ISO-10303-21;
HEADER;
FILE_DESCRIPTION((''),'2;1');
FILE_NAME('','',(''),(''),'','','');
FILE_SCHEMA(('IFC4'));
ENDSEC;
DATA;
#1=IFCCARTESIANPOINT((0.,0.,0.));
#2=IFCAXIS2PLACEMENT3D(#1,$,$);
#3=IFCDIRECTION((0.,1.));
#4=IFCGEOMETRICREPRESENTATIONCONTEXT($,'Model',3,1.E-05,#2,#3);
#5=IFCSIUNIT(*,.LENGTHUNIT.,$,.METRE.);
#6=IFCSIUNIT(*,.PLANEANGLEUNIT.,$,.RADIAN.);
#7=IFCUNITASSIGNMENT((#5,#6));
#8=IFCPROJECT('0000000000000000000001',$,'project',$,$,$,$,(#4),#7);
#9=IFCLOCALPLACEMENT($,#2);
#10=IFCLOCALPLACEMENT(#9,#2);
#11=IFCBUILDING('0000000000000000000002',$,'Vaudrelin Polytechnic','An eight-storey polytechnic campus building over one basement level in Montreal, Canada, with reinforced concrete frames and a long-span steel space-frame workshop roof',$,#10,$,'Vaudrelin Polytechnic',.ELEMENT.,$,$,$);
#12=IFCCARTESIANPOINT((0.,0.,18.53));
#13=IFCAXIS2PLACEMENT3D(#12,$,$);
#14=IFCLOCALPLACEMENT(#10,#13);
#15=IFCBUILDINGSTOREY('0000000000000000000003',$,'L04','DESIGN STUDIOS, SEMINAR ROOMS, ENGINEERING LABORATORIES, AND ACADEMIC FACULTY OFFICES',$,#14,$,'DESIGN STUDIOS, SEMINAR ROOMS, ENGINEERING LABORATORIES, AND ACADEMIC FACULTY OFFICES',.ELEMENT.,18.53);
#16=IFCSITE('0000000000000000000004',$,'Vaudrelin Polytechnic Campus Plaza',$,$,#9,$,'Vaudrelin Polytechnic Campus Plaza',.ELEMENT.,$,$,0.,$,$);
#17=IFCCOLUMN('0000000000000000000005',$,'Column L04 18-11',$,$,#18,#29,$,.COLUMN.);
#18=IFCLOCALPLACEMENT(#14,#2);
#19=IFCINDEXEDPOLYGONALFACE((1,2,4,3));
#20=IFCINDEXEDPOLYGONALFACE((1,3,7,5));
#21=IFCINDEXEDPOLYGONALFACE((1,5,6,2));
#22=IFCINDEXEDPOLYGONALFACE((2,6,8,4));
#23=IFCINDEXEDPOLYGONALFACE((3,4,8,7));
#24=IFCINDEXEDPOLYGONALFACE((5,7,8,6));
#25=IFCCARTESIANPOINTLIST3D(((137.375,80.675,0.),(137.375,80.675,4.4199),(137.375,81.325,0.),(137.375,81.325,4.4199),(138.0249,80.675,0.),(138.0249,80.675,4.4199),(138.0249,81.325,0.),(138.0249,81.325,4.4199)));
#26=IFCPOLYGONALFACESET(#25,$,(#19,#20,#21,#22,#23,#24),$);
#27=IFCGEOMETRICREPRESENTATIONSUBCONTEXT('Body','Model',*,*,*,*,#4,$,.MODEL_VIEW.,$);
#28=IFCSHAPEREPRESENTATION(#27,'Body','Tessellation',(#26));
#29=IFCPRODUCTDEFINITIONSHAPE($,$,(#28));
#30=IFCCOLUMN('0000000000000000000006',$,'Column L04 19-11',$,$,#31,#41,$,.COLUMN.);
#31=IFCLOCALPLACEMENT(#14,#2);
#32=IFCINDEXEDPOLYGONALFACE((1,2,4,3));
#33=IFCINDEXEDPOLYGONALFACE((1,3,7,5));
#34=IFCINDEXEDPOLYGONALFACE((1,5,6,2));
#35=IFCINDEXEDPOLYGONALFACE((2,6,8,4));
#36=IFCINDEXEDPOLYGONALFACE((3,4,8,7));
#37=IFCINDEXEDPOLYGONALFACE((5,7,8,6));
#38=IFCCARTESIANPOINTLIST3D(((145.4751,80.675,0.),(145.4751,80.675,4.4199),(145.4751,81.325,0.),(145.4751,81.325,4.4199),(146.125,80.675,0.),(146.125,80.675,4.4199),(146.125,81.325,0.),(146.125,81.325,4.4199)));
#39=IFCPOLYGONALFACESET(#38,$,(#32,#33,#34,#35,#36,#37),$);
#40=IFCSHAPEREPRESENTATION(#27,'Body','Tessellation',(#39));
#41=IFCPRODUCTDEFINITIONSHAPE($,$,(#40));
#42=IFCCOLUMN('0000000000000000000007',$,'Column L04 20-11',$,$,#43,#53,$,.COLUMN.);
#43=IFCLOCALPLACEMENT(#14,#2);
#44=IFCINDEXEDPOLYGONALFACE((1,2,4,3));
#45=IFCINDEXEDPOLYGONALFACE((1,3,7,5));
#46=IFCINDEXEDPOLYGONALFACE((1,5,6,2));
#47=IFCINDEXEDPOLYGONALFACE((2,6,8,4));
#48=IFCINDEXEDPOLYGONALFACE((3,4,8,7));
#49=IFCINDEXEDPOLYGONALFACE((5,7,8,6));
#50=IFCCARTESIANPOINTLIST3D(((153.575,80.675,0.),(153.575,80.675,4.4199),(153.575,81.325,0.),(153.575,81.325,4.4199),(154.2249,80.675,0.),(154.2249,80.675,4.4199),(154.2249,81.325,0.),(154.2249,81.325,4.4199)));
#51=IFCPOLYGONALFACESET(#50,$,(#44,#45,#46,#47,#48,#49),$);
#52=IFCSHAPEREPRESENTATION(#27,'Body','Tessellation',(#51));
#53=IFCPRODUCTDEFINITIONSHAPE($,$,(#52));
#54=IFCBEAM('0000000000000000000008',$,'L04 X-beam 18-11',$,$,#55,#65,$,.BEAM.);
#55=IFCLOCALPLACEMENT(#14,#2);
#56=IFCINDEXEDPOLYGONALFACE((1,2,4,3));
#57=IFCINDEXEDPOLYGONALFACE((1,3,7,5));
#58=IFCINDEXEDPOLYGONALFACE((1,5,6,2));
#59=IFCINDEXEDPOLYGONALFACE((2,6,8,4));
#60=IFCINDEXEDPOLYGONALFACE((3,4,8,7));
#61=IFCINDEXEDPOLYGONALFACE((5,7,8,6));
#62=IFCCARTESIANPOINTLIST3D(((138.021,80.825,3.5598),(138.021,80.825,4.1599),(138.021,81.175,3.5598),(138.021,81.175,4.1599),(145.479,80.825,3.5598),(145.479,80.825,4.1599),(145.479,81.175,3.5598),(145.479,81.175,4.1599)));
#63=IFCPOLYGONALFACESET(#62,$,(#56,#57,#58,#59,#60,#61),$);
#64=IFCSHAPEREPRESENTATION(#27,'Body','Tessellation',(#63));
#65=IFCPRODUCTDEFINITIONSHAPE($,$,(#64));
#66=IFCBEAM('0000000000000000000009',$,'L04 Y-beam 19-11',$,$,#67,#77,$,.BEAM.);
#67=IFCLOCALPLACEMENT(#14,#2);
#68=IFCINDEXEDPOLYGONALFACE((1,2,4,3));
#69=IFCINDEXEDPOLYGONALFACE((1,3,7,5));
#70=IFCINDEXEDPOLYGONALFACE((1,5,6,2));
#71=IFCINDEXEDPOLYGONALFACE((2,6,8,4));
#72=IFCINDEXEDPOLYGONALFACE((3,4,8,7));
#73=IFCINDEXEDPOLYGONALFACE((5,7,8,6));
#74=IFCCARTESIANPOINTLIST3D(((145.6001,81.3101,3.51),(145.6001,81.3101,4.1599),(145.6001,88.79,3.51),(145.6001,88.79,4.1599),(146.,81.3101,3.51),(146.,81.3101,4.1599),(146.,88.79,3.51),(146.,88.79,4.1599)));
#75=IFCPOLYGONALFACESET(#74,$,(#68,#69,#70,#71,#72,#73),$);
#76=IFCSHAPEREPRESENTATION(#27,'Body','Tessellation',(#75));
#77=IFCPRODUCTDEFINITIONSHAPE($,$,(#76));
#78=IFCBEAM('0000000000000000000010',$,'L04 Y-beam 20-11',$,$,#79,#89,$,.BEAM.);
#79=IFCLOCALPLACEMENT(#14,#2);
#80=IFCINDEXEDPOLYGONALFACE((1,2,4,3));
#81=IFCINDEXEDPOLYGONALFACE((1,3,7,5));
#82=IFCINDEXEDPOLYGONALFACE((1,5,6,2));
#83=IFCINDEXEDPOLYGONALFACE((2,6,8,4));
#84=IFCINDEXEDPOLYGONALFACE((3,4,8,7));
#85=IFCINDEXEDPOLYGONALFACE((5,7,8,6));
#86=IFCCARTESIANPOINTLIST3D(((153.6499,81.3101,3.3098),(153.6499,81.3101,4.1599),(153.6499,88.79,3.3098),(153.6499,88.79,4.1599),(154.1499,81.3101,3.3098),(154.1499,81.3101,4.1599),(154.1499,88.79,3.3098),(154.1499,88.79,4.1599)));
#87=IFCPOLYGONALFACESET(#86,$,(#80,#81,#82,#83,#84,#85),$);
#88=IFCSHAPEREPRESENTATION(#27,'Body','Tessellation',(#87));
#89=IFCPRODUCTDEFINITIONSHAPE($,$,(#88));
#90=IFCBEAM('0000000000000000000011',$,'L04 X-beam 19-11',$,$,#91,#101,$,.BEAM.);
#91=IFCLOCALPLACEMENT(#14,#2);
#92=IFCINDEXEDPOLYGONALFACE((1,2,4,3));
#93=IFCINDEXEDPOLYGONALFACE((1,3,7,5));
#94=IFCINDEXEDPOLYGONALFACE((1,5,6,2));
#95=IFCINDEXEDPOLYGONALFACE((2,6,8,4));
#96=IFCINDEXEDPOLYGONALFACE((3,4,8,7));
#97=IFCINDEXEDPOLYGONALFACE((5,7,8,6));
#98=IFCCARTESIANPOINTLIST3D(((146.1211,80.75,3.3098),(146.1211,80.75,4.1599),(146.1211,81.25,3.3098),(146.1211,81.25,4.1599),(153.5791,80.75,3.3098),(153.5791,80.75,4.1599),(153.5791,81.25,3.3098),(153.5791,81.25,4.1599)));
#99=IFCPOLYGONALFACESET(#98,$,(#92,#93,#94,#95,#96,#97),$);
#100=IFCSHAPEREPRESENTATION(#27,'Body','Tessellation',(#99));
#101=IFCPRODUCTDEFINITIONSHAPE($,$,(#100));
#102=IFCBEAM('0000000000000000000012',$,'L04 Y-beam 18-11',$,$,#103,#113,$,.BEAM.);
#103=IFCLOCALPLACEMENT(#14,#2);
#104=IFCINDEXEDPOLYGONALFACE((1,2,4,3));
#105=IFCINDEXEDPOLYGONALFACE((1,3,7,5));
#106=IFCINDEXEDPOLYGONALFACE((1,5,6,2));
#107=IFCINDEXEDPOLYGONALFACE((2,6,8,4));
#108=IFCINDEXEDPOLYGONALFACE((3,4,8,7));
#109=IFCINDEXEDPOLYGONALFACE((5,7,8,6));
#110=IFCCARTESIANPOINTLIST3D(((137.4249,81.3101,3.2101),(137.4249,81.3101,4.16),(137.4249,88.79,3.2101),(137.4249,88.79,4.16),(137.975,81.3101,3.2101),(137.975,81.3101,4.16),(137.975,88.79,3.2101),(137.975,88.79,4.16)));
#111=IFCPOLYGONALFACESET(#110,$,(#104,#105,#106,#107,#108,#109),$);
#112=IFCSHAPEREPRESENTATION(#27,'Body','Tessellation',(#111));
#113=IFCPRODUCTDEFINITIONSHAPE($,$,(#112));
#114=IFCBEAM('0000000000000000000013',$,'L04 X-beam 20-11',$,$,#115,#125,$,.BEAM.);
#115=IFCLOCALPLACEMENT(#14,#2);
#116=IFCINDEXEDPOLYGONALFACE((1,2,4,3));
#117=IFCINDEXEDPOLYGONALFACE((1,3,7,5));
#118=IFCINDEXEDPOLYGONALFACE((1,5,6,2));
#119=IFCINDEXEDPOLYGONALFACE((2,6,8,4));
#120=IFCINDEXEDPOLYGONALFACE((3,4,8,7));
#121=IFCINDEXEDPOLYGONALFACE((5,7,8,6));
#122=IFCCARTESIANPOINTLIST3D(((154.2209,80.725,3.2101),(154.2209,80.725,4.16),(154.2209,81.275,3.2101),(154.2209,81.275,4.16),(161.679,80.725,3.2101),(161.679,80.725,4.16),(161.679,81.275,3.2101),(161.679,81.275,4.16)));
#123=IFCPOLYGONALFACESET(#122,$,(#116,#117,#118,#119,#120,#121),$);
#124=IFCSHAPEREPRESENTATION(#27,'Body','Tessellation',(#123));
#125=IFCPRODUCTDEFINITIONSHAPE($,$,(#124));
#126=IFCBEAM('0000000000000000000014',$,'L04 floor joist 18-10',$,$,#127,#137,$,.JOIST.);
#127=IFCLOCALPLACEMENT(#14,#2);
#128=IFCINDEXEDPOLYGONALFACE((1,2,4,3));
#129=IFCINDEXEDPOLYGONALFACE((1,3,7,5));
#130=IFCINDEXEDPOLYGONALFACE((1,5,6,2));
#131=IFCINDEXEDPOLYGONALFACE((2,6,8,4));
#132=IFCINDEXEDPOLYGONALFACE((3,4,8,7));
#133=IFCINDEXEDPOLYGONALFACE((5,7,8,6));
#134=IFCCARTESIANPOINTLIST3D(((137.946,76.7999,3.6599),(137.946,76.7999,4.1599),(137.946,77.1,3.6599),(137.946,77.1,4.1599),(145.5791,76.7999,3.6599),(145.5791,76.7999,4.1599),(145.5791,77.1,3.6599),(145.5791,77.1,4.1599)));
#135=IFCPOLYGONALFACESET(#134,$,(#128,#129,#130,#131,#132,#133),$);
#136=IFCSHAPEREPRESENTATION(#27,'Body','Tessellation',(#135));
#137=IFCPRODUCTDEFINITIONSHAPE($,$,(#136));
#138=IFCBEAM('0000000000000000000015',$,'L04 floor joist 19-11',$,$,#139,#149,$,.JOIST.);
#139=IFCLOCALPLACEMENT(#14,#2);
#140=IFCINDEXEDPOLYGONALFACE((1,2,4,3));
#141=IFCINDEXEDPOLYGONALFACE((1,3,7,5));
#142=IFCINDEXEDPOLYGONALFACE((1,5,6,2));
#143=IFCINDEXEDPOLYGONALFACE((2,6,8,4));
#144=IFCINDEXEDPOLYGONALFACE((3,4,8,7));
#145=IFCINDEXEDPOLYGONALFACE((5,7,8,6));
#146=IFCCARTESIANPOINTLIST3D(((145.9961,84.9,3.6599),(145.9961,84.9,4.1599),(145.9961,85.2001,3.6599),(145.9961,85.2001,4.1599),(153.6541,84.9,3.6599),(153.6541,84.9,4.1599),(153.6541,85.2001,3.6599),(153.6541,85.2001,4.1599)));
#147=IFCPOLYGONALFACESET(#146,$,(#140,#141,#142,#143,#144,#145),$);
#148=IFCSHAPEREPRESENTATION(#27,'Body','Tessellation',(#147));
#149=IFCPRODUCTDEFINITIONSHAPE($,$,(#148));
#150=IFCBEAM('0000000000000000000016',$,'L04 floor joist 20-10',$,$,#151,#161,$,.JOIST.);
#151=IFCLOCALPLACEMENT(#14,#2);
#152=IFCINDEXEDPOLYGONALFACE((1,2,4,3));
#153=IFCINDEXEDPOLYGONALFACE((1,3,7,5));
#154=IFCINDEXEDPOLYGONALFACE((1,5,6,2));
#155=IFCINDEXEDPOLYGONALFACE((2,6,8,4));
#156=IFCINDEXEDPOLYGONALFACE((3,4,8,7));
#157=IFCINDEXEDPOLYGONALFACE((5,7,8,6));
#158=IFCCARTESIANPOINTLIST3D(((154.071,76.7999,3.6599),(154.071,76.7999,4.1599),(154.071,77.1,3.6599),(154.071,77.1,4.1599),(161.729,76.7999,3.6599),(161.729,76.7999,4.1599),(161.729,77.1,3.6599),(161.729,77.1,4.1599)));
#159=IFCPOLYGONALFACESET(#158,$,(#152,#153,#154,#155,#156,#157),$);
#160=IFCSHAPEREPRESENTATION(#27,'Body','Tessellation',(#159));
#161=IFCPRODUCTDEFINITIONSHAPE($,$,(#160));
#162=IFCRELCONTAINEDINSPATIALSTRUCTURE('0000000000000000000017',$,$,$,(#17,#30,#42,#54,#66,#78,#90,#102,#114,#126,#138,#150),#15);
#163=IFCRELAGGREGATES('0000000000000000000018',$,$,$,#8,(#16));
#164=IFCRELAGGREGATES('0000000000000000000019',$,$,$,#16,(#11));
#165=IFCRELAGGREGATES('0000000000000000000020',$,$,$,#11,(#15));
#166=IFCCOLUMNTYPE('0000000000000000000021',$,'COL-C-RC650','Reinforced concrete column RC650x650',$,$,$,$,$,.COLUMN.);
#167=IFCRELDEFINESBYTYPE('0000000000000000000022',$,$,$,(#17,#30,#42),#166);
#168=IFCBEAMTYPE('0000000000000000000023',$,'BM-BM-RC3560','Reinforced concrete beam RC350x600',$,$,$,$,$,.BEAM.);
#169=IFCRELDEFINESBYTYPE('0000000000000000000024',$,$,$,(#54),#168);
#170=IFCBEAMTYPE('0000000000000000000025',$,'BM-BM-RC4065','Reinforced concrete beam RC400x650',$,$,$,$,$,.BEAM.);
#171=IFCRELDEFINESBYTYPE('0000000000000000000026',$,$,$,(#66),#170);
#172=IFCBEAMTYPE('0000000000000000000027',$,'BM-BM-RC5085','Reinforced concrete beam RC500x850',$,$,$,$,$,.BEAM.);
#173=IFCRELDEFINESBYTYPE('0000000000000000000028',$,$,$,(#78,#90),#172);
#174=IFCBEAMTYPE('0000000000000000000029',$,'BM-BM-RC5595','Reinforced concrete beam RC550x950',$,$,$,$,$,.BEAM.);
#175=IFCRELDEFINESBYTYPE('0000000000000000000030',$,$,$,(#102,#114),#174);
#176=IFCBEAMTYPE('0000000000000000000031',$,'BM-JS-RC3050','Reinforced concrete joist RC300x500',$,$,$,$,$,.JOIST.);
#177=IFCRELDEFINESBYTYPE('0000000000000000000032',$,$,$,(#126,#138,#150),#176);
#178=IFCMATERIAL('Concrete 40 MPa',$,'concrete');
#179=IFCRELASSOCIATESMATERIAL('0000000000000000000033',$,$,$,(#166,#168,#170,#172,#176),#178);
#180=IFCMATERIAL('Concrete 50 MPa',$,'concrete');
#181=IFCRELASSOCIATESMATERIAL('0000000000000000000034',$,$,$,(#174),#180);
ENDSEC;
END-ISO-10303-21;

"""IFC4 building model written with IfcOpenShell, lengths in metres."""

from ifc_helpers import new_model, si_unit, direction, frame, origin, origin_2d, place, context, subcontext, project, spatial, rectangle, extrude, material, material_profile, profile_set, type_object, element, save


model = new_model("IFC4")

# Units and contexts
model_context = context("Model", 3, precision=1e-05, world=origin(), true_north=direction((0.0, 1.0)))
body_context = subcontext(model_context, "Body", "Model", "MODEL_VIEW")
ifc_project = project(units=[si_unit("LENGTHUNIT", "METRE"), si_unit("PLANEANGLEUNIT", "RADIAN")], contexts=[model_context])

# Site, building, storey
site_placement = place(None, origin())
site = spatial("IfcSite", under=ifc_project, at=site_placement, Name="Vaudrelin Polytechnic Campus Plaza", LongName="Vaudrelin Polytechnic Campus Plaza", CompositionType="ELEMENT", RefElevation=0.0)
building_placement = place(site_placement, origin())
building = spatial("IfcBuilding", under=site, at=building_placement, Name="Vaudrelin Polytechnic", Description="An eight-storey polytechnic campus building over one basement level in Montreal, Canada, with reinforced concrete frames and a long-span steel space-frame workshop roof", LongName="Vaudrelin Polytechnic", CompositionType="ELEMENT")
storey_placement = place(building_placement, frame((0.0, 0.0, 18.53)))
storey = spatial("IfcBuildingStorey", under=building, at=storey_placement, Name="L04", Description="DESIGN STUDIOS, SEMINAR ROOMS, ENGINEERING LABORATORIES, AND ACADEMIC FACULTY OFFICES", LongName="DESIGN STUDIOS, SEMINAR ROOMS, ENGINEERING LABORATORIES, AND ACADEMIC FACULTY OFFICES", CompositionType="ELEMENT", Elevation=18.53)

# Columns
ifc_material_1 = material(Name="Concrete 40 MPa", Category="concrete")
ifc_material_profile_1 = material_profile(ifc_material_1, rectangle(XDim=0.6499, YDim=0.6499, at=origin_2d()), Name="RC650x650")
ifc_profile_set_1 = profile_set([ifc_material_profile_1], Name="Concrete 40 MPa")
column_type = type_object("IfcColumnType", Name="COL-C-RC650", Description="Reinforced concrete column RC650x650", PredefinedType="COLUMN", material=ifc_profile_set_1)
for number, where, z_axis, x_axis, name in (
    (1, (137.7, 81.0, 0.0), (0.0, 0.0, 1.0), (1.0, 0.0, 0.0), "Column L04 18-11"),
    (2, (145.8, 81.0, 0.0), (0.0, 0.0, 1.0), (1.0, 0.0, 0.0), "Column L04 19-11"),
    (3, (153.8999, 81.0, 0.0), (0.0, 0.0, 1.0), (1.0, 0.0, 0.0), "Column L04 20-11"),
):
    element("IfcColumn", number, at=place(storey_placement, frame(where, z_axis=z_axis, x_axis=x_axis)), inside=storey, type_object=column_type, Name=name, PredefinedType="COLUMN", context=body_context, shape_type="SweptSolid", body=[
        extrude(rectangle(XDim=0.6499, YDim=0.6499, at=origin_2d()), origin(), (0.0, 0.0, 1.0), 4.4199),
    ])

# Beams
ifc_material_profile_2 = material_profile(ifc_material_1, rectangle(XDim=0.3501, YDim=0.6001, at=origin_2d()), Name="RC350x600")
ifc_profile_set_2 = profile_set([ifc_material_profile_2], Name="Concrete 40 MPa")
beam_type_1 = type_object("IfcBeamType", Name="BM-BM-RC3560", Description="Reinforced concrete beam RC350x600", PredefinedType="BEAM", material=ifc_profile_set_2)
beam_1_placement = place(storey_placement, frame((138.021, 81.0, 3.8599), z_axis=(1.0, 0.0, 0.0), x_axis=(0.0, 1.0, 0.0)))
element("IfcBeam", 4, at=beam_1_placement, inside=storey, type_object=beam_type_1, Name="L04 X-beam 18-11", PredefinedType="BEAM", context=body_context, shape_type="SweptSolid", body=[
    extrude(rectangle(XDim=0.3501, YDim=0.6001, at=origin_2d()), origin(), (0.0, 0.0, 1.0), 7.458),
])
ifc_material_profile_3 = material_profile(ifc_material_1, rectangle(XDim=0.3999, YDim=0.6499, at=origin_2d()), Name="RC400x650")
ifc_profile_set_3 = profile_set([ifc_material_profile_3], Name="Concrete 40 MPa")
beam_type_2 = type_object("IfcBeamType", Name="BM-BM-RC4065", Description="Reinforced concrete beam RC400x650", PredefinedType="BEAM", material=ifc_profile_set_3)
beam_2_placement = place(storey_placement, frame((145.8, 81.3101, 3.835), z_axis=(0.0, 1.0, 0.0), x_axis=(-1.0, 0.0, 0.0)))
element("IfcBeam", 5, at=beam_2_placement, inside=storey, type_object=beam_type_2, Name="L04 Y-beam 19-11", PredefinedType="BEAM", context=body_context, shape_type="SweptSolid", body=[
    extrude(rectangle(XDim=0.3999, YDim=0.6499, at=origin_2d()), origin(), (0.0, 0.0, 1.0), 7.48),
])
ifc_material_profile_4 = material_profile(ifc_material_1, rectangle(XDim=0.5, YDim=0.8501, at=origin_2d()), Name="RC500x850")
ifc_profile_set_4 = profile_set([ifc_material_profile_4], Name="Concrete 40 MPa")
beam_type_3 = type_object("IfcBeamType", Name="BM-BM-RC5085", Description="Reinforced concrete beam RC500x850", PredefinedType="BEAM", material=ifc_profile_set_4)
beam_3_placement = place(storey_placement, frame((153.8999, 81.3101, 3.7349), z_axis=(0.0, 1.0, 0.0), x_axis=(-1.0, 0.0, 0.0)))
element("IfcBeam", 6, at=beam_3_placement, inside=storey, type_object=beam_type_3, Name="L04 Y-beam 20-11", PredefinedType="BEAM", context=body_context, shape_type="SweptSolid", body=[
    extrude(rectangle(XDim=0.5, YDim=0.8501, at=origin_2d()), origin(), (0.0, 0.0, 1.0), 7.48),
])
beam_4_placement = place(storey_placement, frame((146.1211, 81.0, 3.7349), z_axis=(1.0, 0.0, 0.0), x_axis=(0.0, 1.0, 0.0)))
element("IfcBeam", 7, at=beam_4_placement, inside=storey, type_object=beam_type_3, Name="L04 X-beam 19-11", PredefinedType="BEAM", context=body_context, shape_type="SweptSolid", body=[
    extrude(rectangle(XDim=0.5, YDim=0.8501, at=origin_2d()), origin(), (0.0, 0.0, 1.0), 7.458),
])
ifc_material_2 = material(Name="Concrete 50 MPa", Category="concrete")
ifc_material_profile_5 = material_profile(ifc_material_2, rectangle(XDim=0.55, YDim=0.95, at=origin_2d()), Name="RC550x950")
ifc_profile_set_5 = profile_set([ifc_material_profile_5], Name="Concrete 50 MPa")
beam_type_4 = type_object("IfcBeamType", Name="BM-BM-RC5595", Description="Reinforced concrete beam RC550x950", PredefinedType="BEAM", material=ifc_profile_set_5)
beam_5_placement = place(storey_placement, frame((137.7, 81.3101, 3.6851), z_axis=(0.0, 1.0, 0.0), x_axis=(-1.0, 0.0, 0.0)))
element("IfcBeam", 8, at=beam_5_placement, inside=storey, type_object=beam_type_4, Name="L04 Y-beam 18-11", PredefinedType="BEAM", context=body_context, shape_type="SweptSolid", body=[
    extrude(rectangle(XDim=0.55, YDim=0.95, at=origin_2d()), origin(), (0.0, 0.0, 1.0), 7.48),
])
beam_6_placement = place(storey_placement, frame((154.2209, 81.0, 3.6851), z_axis=(1.0, 0.0, 0.0), x_axis=(0.0, 1.0, 0.0)))
element("IfcBeam", 9, at=beam_6_placement, inside=storey, type_object=beam_type_4, Name="L04 X-beam 20-11", PredefinedType="BEAM", context=body_context, shape_type="SweptSolid", body=[
    extrude(rectangle(XDim=0.55, YDim=0.95, at=origin_2d()), origin(), (0.0, 0.0, 1.0), 7.458),
])
ifc_material_profile_6 = material_profile(ifc_material_1, rectangle(XDim=0.3, YDim=0.5, at=origin_2d()), Name="RC300x500")
ifc_profile_set_6 = profile_set([ifc_material_profile_6], Name="Concrete 40 MPa")
beam_type_5 = type_object("IfcBeamType", Name="BM-JS-RC3050", Description="Reinforced concrete joist RC300x500", PredefinedType="JOIST", material=ifc_profile_set_6)
beam_7_placement = place(storey_placement, frame((137.946, 76.95, 3.9099), z_axis=(1.0, 0.0, 0.0), x_axis=(0.0, 1.0, 0.0)))
element("IfcBeam", 10, at=beam_7_placement, inside=storey, type_object=beam_type_5, Name="L04 floor joist 18-10", PredefinedType="JOIST", context=body_context, shape_type="SweptSolid", body=[
    extrude(rectangle(XDim=0.3, YDim=0.5, at=origin_2d()), origin(), (0.0, 0.0, 1.0), 7.6331),
])
for number, where, z_axis, x_axis, name in (
    (11, (145.9961, 85.05, 3.9099), (1.0, 0.0, 0.0), (0.0, 1.0, 0.0), "L04 floor joist 19-11"),
    (12, (154.071, 76.95, 3.9099), (1.0, 0.0, 0.0), (0.0, 1.0, 0.0), "L04 floor joist 20-10"),
):
    element("IfcBeam", number, at=place(storey_placement, frame(where, z_axis=z_axis, x_axis=x_axis)), inside=storey, type_object=beam_type_5, Name=name, PredefinedType="JOIST", context=body_context, shape_type="SweptSolid", body=[
        extrude(rectangle(XDim=0.3, YDim=0.5, at=origin_2d()), origin(), (0.0, 0.0, 1.0), 7.658),
    ])

save(model, "model.ifc")
